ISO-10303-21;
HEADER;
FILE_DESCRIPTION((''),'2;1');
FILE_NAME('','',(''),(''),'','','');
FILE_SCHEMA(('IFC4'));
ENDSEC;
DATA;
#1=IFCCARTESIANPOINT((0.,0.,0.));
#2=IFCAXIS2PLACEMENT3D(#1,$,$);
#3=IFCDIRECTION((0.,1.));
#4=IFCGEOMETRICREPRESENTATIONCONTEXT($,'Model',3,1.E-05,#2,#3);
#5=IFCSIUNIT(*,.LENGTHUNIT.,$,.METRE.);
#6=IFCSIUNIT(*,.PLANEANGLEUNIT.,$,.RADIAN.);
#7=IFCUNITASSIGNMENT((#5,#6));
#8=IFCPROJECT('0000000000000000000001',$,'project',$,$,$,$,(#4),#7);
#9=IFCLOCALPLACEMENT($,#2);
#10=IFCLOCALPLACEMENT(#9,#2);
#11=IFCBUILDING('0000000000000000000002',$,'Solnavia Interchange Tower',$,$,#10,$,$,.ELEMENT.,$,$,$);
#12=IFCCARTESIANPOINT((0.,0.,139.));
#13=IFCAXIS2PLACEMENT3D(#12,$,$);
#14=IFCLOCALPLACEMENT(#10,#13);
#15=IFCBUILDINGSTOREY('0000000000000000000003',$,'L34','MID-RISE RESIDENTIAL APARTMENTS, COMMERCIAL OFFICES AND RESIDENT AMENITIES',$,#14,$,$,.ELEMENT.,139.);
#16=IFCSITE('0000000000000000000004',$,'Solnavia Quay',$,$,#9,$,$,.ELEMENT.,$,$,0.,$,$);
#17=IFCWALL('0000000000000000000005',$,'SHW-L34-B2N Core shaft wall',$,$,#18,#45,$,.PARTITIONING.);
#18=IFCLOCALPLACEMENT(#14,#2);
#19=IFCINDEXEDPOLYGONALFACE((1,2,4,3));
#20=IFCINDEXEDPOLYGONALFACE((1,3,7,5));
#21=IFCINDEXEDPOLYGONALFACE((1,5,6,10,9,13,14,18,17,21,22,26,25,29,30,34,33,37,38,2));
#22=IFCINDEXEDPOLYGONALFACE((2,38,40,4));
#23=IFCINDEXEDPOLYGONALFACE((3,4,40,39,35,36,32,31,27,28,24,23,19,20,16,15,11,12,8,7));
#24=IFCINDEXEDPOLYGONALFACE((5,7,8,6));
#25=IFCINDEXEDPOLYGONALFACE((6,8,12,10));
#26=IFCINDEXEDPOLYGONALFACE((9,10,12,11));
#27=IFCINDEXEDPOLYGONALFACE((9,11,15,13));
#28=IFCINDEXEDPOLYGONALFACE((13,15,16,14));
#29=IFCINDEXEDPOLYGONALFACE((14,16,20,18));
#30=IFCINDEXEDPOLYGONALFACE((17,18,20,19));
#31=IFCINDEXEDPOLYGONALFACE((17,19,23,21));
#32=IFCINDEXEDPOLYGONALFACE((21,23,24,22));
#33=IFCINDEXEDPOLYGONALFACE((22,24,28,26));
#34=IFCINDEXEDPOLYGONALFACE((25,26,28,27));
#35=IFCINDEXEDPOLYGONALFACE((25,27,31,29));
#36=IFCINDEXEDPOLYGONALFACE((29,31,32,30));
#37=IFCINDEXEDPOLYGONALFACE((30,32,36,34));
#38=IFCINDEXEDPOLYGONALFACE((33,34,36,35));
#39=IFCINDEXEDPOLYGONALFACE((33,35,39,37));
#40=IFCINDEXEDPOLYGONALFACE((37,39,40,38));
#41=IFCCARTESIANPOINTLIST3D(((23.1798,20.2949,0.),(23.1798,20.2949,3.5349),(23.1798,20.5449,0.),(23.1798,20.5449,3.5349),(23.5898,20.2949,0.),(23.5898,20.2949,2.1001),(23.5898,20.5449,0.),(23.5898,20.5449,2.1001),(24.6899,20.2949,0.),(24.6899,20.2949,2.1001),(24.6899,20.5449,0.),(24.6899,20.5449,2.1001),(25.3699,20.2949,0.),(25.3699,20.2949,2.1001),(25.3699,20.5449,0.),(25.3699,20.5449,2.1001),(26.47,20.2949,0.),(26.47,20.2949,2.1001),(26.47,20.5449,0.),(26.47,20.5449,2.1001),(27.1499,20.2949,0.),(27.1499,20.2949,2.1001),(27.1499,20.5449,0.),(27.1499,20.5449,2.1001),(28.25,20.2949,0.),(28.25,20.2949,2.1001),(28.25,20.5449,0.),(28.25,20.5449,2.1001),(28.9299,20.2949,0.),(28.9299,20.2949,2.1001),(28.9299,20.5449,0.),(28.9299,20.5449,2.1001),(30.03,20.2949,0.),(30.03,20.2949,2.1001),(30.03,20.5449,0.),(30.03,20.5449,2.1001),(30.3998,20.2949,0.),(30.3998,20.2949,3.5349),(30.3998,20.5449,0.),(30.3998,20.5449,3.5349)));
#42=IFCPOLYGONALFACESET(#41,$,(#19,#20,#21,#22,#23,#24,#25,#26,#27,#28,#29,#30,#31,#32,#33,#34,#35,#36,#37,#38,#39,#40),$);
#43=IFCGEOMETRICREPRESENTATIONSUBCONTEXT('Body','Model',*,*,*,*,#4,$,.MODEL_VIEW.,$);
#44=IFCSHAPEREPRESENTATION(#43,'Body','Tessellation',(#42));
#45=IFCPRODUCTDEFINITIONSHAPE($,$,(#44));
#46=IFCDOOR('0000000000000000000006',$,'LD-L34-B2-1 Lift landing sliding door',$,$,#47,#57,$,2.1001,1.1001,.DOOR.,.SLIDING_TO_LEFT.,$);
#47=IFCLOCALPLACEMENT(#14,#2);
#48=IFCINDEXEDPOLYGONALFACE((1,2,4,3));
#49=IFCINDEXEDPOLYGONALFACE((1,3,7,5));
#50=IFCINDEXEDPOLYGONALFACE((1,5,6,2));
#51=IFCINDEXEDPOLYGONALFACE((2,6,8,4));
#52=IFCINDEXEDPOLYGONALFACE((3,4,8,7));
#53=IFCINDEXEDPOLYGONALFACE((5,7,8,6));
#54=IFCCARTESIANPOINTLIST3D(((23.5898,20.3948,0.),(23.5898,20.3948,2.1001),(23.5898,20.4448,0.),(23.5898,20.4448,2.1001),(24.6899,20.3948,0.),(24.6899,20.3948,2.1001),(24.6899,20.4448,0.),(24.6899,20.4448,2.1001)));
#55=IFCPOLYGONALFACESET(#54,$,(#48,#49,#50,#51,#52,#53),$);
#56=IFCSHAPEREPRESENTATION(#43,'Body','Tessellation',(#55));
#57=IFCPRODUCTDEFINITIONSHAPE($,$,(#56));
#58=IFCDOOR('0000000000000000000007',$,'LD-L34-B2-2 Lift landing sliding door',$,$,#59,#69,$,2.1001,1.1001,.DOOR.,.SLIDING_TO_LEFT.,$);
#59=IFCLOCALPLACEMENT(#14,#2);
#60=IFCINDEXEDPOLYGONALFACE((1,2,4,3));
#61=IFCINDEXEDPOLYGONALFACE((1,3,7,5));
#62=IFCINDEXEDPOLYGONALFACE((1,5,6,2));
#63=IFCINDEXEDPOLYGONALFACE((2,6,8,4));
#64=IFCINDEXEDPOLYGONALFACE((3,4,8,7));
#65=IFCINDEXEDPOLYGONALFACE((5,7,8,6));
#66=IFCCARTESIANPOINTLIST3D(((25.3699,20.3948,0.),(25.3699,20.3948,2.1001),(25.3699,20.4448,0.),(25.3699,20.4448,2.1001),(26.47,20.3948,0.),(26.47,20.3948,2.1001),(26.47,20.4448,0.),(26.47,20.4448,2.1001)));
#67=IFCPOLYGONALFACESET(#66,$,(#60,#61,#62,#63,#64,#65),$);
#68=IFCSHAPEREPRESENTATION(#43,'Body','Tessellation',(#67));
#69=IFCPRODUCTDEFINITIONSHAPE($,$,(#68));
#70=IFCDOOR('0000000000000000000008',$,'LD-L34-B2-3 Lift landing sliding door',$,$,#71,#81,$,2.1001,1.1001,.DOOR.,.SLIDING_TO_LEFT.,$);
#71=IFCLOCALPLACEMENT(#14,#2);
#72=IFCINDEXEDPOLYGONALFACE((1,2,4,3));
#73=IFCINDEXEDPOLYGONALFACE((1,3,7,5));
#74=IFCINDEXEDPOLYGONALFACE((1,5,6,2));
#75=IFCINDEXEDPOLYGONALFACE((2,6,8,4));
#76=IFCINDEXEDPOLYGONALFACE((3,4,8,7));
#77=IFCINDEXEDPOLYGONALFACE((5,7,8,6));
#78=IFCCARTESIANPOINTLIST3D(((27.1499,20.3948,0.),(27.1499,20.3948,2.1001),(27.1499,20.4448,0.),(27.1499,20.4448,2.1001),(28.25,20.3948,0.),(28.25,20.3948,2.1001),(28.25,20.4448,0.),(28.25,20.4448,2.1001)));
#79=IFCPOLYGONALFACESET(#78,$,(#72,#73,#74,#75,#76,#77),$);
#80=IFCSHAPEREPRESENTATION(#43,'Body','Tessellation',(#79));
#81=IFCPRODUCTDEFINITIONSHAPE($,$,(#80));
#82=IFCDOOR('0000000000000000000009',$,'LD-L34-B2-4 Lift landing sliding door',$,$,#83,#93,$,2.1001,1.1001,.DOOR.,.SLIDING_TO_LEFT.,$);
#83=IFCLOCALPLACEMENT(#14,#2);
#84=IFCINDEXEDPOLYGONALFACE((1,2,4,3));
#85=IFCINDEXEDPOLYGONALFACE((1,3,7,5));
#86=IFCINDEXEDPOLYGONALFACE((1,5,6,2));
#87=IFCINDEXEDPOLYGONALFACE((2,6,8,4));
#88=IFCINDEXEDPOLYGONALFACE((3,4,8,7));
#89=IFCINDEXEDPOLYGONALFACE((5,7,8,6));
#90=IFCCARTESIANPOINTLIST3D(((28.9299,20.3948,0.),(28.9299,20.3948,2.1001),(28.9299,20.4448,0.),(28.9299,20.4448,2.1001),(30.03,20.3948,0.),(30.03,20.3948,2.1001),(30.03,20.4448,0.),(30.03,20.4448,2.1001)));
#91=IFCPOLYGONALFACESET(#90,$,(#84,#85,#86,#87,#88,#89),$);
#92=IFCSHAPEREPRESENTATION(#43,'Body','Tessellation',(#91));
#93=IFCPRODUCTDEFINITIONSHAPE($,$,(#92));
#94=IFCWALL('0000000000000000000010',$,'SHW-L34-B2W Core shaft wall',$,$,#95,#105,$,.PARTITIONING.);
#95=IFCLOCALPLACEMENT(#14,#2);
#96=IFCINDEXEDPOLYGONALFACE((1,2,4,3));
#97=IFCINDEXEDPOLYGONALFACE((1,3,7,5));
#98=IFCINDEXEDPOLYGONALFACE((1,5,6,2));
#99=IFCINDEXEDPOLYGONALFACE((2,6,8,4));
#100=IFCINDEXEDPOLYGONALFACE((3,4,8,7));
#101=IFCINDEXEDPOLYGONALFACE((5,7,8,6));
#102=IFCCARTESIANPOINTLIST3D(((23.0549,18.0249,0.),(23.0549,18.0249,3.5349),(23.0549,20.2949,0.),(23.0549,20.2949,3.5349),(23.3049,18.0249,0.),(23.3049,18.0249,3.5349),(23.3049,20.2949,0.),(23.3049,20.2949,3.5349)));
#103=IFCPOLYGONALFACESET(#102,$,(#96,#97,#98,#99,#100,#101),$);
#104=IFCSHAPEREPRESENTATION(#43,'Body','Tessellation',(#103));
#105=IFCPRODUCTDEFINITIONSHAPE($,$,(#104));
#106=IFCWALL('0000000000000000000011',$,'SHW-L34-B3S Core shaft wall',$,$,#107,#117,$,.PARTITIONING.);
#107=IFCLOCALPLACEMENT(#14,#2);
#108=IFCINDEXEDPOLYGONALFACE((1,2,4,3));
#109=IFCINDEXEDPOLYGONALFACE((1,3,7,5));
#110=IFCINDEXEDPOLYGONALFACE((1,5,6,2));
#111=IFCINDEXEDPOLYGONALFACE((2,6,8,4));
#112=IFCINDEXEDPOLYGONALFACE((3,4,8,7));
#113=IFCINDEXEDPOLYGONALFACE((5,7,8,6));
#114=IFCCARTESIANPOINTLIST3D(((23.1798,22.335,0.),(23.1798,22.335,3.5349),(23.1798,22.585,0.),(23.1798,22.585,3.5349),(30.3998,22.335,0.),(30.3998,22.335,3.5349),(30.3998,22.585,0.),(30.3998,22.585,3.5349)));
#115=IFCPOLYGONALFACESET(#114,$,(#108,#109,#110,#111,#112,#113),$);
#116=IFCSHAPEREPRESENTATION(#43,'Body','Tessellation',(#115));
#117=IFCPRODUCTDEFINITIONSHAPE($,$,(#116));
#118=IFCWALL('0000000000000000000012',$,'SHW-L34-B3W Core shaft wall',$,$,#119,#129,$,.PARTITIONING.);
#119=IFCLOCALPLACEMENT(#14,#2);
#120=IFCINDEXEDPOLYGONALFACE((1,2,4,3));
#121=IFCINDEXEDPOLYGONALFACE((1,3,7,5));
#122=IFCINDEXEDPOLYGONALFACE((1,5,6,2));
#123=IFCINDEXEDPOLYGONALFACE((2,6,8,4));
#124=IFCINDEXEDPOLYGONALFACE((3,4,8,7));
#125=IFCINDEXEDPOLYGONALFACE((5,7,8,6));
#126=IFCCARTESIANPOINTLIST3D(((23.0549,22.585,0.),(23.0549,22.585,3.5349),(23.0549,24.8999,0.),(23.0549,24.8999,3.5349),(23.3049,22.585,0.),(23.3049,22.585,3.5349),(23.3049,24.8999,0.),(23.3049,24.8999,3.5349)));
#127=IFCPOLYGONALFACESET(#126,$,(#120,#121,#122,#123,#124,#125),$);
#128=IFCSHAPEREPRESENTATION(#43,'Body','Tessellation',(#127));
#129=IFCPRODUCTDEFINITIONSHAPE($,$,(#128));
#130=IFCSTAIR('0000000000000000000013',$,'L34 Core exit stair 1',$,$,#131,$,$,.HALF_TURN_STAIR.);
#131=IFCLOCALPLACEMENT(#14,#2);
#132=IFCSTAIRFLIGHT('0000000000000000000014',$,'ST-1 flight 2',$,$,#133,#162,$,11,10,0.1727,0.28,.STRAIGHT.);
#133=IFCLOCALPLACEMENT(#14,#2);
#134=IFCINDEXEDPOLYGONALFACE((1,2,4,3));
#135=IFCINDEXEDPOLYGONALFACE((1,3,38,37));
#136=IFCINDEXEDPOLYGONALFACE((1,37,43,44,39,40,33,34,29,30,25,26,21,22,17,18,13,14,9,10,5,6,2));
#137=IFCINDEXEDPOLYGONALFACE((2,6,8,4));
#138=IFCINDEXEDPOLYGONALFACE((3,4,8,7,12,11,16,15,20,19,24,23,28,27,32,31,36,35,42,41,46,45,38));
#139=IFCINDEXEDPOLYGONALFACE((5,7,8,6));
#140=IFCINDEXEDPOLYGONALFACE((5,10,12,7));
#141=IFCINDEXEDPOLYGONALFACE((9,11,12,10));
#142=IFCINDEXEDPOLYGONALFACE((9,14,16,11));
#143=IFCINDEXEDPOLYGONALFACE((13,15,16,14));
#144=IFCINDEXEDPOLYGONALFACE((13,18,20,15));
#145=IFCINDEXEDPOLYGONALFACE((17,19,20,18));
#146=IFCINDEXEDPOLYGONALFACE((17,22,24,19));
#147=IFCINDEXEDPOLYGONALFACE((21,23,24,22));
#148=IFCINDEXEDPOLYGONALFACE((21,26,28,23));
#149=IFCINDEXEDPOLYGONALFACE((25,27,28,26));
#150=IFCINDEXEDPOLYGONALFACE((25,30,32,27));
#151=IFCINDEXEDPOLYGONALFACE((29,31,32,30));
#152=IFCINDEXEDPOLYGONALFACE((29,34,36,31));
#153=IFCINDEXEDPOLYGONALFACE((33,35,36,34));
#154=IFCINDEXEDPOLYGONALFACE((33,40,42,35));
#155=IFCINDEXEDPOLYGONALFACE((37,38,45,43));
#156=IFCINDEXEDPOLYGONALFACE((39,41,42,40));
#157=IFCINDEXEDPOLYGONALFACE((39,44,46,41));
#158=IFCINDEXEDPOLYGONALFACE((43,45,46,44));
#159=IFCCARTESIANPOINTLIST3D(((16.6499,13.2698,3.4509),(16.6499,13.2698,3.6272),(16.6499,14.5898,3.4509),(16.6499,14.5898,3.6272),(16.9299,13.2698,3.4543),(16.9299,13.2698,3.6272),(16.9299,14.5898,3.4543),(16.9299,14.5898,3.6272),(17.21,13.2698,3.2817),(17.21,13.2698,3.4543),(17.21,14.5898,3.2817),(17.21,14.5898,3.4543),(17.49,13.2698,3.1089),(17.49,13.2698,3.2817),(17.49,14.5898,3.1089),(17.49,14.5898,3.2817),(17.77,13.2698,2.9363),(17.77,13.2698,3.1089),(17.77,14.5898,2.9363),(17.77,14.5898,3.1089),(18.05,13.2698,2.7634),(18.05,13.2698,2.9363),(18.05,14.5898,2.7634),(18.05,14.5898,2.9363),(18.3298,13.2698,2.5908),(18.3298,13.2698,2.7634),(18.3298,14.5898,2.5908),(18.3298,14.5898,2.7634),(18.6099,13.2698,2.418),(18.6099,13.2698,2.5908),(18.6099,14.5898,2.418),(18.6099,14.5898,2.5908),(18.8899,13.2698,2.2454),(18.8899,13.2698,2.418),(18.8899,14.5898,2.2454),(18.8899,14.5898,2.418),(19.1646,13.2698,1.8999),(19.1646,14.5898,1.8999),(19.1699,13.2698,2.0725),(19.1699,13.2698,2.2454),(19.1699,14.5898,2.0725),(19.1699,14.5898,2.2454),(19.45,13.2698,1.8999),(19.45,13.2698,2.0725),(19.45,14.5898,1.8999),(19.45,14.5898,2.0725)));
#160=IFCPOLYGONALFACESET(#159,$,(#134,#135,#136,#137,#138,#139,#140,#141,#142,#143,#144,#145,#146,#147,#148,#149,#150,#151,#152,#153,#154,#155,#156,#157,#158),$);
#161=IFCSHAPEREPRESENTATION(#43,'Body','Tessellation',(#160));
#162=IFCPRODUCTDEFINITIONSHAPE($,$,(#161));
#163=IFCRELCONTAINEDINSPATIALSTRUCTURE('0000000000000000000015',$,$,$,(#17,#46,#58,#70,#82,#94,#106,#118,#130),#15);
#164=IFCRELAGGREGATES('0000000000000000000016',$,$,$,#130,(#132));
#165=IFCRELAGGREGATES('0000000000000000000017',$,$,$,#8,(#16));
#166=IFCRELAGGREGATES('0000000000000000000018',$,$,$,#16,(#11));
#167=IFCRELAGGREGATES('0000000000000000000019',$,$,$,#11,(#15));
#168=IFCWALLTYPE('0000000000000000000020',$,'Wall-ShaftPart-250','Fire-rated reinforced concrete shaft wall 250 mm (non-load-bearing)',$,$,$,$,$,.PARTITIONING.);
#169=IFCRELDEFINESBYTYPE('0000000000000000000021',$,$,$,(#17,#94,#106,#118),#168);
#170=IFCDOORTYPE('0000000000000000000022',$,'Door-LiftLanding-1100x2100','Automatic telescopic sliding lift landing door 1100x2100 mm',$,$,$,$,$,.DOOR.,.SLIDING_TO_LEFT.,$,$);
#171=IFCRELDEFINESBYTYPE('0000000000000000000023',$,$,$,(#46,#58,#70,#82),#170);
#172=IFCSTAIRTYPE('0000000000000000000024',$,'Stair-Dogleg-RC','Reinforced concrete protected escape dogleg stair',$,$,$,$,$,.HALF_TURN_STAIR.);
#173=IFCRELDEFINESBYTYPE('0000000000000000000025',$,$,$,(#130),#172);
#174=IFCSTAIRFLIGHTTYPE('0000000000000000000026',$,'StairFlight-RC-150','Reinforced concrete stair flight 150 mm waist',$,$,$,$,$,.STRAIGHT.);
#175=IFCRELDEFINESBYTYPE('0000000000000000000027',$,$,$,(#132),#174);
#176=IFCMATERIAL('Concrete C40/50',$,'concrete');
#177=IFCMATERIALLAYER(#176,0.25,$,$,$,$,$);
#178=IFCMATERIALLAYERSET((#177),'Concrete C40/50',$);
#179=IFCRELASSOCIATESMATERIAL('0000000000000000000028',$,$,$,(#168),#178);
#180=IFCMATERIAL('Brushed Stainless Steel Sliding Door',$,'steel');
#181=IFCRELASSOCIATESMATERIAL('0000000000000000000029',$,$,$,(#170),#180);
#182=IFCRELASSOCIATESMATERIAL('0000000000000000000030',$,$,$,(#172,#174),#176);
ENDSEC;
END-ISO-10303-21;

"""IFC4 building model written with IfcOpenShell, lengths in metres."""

from ifc_helpers import new_model, si_unit, direction, frame, frame_2d, origin, place, context, subcontext, project, spatial, polyline, rectangle, outline, extrude, material, layer, layer_set, type_object, element, fill, aggregate, save


model = new_model("IFC4")

# Units and contexts
model_context = context("Model", 3, precision=1e-05, world=origin(), true_north=direction((0.0, 1.0)))
body_context = subcontext(model_context, "Body", "Model", "MODEL_VIEW")
ifc_project = project(units=[si_unit("LENGTHUNIT", "METRE"), si_unit("PLANEANGLEUNIT", "RADIAN")], contexts=[model_context])

# Site, building, storey
site_placement = place(None, origin())
site = spatial("IfcSite", under=ifc_project, at=site_placement, Name="Solnavia Quay", CompositionType="ELEMENT", RefElevation=0.0)
building_placement = place(site_placement, origin())
building = spatial("IfcBuilding", under=site, at=building_placement, Name="Solnavia Interchange Tower", CompositionType="ELEMENT")
storey_placement = place(building_placement, frame((0.0, 0.0, 139.0)))
storey = spatial("IfcBuildingStorey", under=building, at=storey_placement, Name="L34", Description="MID-RISE RESIDENTIAL APARTMENTS, COMMERCIAL OFFICES AND RESIDENT AMENITIES", CompositionType="ELEMENT", Elevation=139.0)

# Shared definitions
ifc_material_1 = material(Name="Concrete C40/50", Category="concrete")

# Shared definitions
ifc_layer_1 = layer(ifc_material_1, 0.25)
ifc_layer_set_1 = layer_set([ifc_layer_1], Name="Concrete C40/50")
wall_type_1 = type_object("IfcWallType", Name="Wall-ShaftPart-250", Description="Fire-rated reinforced concrete shaft wall 250 mm (non-load-bearing)", PredefinedType="PARTITIONING", material=ifc_layer_set_1)
ifc_material_2 = material(Name="Brushed Stainless Steel Sliding Door", Category="steel")
door_type_1 = type_object("IfcDoorType", Name="Door-LiftLanding-1100x2100", Description="Automatic telescopic sliding lift landing door 1100x2100 mm", OperationType="SLIDING_TO_LEFT", PredefinedType="DOOR", material=ifc_material_2)

# Wall, openings, doors
wall_1_placement = place(storey_placement, frame((23.1799, 20.4199, 0.0), z_axis=(0.0, 0.0, 1.0), x_axis=(1.0, 0.0, 0.0)))
wall_1 = element("IfcWall", 1, at=wall_1_placement, inside=storey, type_object=wall_type_1, Name="SHW-L34-B2N Core shaft wall", PredefinedType="PARTITIONING", context=body_context, shape_type="SweptSolid", body=[
    extrude(rectangle(XDim=7.22, YDim=0.25, at=frame_2d((3.6099, 0.0))), origin(), (0.0, 0.0, 1.0), 3.5349),
])
opening_1_placement = place(wall_1_placement, frame((0.4099, 0.0, 0.0)))
opening_1 = element("IfcOpeningElement", 2, at=opening_1_placement, cuts=wall_1, PredefinedType="OPENING", context=body_context, shape_type="SweptSolid", body=[
    extrude(rectangle(XDim=1.1001, YDim=2.1001, at=frame_2d((0.55, 1.05))), frame((0.0, 0.135, 0.0), z_axis=(0.0, -1.0, 0.0), x_axis=(1.0, 0.0, 0.0)), (0.0, 0.0, 1.0), 0.27),
])
opening_2_placement = place(wall_1_placement, frame((2.1899, 0.0, 0.0)))
opening_2 = element("IfcOpeningElement", 3, at=opening_2_placement, cuts=wall_1, PredefinedType="OPENING", context=body_context, shape_type="SweptSolid", body=[
    extrude(rectangle(XDim=1.1001, YDim=2.1001, at=frame_2d((0.55, 1.05))), frame((0.0, 0.135, 0.0), z_axis=(0.0, -1.0, 0.0), x_axis=(1.0, 0.0, 0.0)), (0.0, 0.0, 1.0), 0.27),
])
opening_3_placement = place(wall_1_placement, frame((3.97, 0.0, 0.0)))
opening_3 = element("IfcOpeningElement", 4, at=opening_3_placement, cuts=wall_1, PredefinedType="OPENING", context=body_context, shape_type="SweptSolid", body=[
    extrude(rectangle(XDim=1.1001, YDim=2.1001, at=frame_2d((0.55, 1.05))), frame((0.0, 0.135, 0.0), z_axis=(0.0, -1.0, 0.0), x_axis=(1.0, 0.0, 0.0)), (0.0, 0.0, 1.0), 0.27),
])
opening_4_placement = place(wall_1_placement, frame((5.75, 0.0, 0.0)))
opening_4 = element("IfcOpeningElement", 5, at=opening_4_placement, cuts=wall_1, PredefinedType="OPENING", context=body_context, shape_type="SweptSolid", body=[
    extrude(rectangle(XDim=1.1001, YDim=2.1001, at=frame_2d((0.55, 1.05))), frame((0.0, 0.135, 0.0), z_axis=(0.0, -1.0, 0.0), x_axis=(1.0, 0.0, 0.0)), (0.0, 0.0, 1.0), 0.27),
])
door_1_placement = place(opening_1_placement, origin())
door_1 = element("IfcDoor", 6, at=door_1_placement, inside=storey, type_object=door_type_1, Name="LD-L34-B2-1 Lift landing sliding door", OperationType="SLIDING_TO_LEFT", OverallHeight=2.1001, OverallWidth=1.1001, PredefinedType="DOOR", context=body_context, shape_type="SweptSolid", body=[
    extrude(rectangle(XDim=1.1001, YDim=2.1001, at=frame_2d((0.55, 1.05))), frame((0.0, 0.0249, 0.0), z_axis=(0.0, -1.0, 0.0), x_axis=(1.0, 0.0, 0.0)), (0.0, 0.0, 1.0), 0.05),
])
fill(opening_1, door_1)
door_2_placement = place(opening_2_placement, origin())
door_2 = element("IfcDoor", 7, at=door_2_placement, inside=storey, type_object=door_type_1, Name="LD-L34-B2-2 Lift landing sliding door", OperationType="SLIDING_TO_LEFT", OverallHeight=2.1001, OverallWidth=1.1001, PredefinedType="DOOR", context=body_context, shape_type="SweptSolid", body=[
    extrude(rectangle(XDim=1.1001, YDim=2.1001, at=frame_2d((0.55, 1.05))), frame((0.0, 0.0249, 0.0), z_axis=(0.0, -1.0, 0.0), x_axis=(1.0, 0.0, 0.0)), (0.0, 0.0, 1.0), 0.05),
])
fill(opening_2, door_2)
door_3_placement = place(opening_3_placement, origin())
door_3 = element("IfcDoor", 8, at=door_3_placement, inside=storey, type_object=door_type_1, Name="LD-L34-B2-3 Lift landing sliding door", OperationType="SLIDING_TO_LEFT", OverallHeight=2.1001, OverallWidth=1.1001, PredefinedType="DOOR", context=body_context, shape_type="SweptSolid", body=[
    extrude(rectangle(XDim=1.1001, YDim=2.1001, at=frame_2d((0.55, 1.05))), frame((0.0, 0.0249, 0.0), z_axis=(0.0, -1.0, 0.0), x_axis=(1.0, 0.0, 0.0)), (0.0, 0.0, 1.0), 0.05),
])
fill(opening_3, door_3)
door_4_placement = place(opening_4_placement, origin())
door_4 = element("IfcDoor", 9, at=door_4_placement, inside=storey, type_object=door_type_1, Name="LD-L34-B2-4 Lift landing sliding door", OperationType="SLIDING_TO_LEFT", OverallHeight=2.1001, OverallWidth=1.1001, PredefinedType="DOOR", context=body_context, shape_type="SweptSolid", body=[
    extrude(rectangle(XDim=1.1001, YDim=2.1001, at=frame_2d((0.55, 1.05))), frame((0.0, 0.0249, 0.0), z_axis=(0.0, -1.0, 0.0), x_axis=(1.0, 0.0, 0.0)), (0.0, 0.0, 1.0), 0.05),
])
fill(opening_4, door_4)

# Walls
wall_2_placement = place(storey_placement, frame((23.1799, 18.0249, 0.0), z_axis=(0.0, 0.0, 1.0), x_axis=(0.0, 1.0, 0.0)))
element("IfcWall", 10, at=wall_2_placement, inside=storey, type_object=wall_type_1, Name="SHW-L34-B2W Core shaft wall", PredefinedType="PARTITIONING", context=body_context, shape_type="SweptSolid", body=[
    extrude(rectangle(XDim=2.27, YDim=0.25, at=frame_2d((1.135, 0.0))), origin(), (0.0, 0.0, 1.0), 3.5349),
])
wall_3_placement = place(storey_placement, frame((23.1799, 22.46, 0.0), z_axis=(0.0, 0.0, 1.0), x_axis=(1.0, 0.0, 0.0)))
element("IfcWall", 11, at=wall_3_placement, inside=storey, type_object=wall_type_1, Name="SHW-L34-B3S Core shaft wall", PredefinedType="PARTITIONING", context=body_context, shape_type="SweptSolid", body=[
    extrude(rectangle(XDim=7.22, YDim=0.25, at=frame_2d((3.6099, 0.0))), origin(), (0.0, 0.0, 1.0), 3.5349),
])
wall_4_placement = place(storey_placement, frame((23.1799, 22.585, 0.0), z_axis=(0.0, 0.0, 1.0), x_axis=(0.0, 1.0, 0.0)))
element("IfcWall", 12, at=wall_4_placement, inside=storey, type_object=wall_type_1, Name="SHW-L34-B3W Core shaft wall", PredefinedType="PARTITIONING", context=body_context, shape_type="SweptSolid", body=[
    extrude(rectangle(XDim=2.3149, YDim=0.25, at=frame_2d((1.1575, 0.0))), origin(), (0.0, 0.0, 1.0), 3.5349),
])

# Stair, stair flight
stair_type = type_object("IfcStairType", Name="Stair-Dogleg-RC", Description="Reinforced concrete protected escape dogleg stair", PredefinedType="HALF_TURN_STAIR", material=ifc_material_1)
stair_1_placement = place(storey_placement, origin())
stair_1 = element("IfcStair", 13, at=stair_1_placement, inside=storey, type_object=stair_type, Name="L34 Core exit stair 1", PredefinedType="HALF_TURN_STAIR")
stair_flight_type = type_object("IfcStairFlightType", Name="StairFlight-RC-150", Description="Reinforced concrete stair flight 150 mm waist", PredefinedType="STRAIGHT", material=ifc_material_1)
stair_flight_1_placement = place(storey_placement, frame((19.45, 13.9299, 1.8999), z_axis=(0.0, 0.0, 1.0), x_axis=(-1.0, 0.0, 0.0)))
stair_flight_1 = element("IfcStairFlight", 14, at=stair_flight_1_placement, type_object=stair_flight_type, Name="ST-1 flight 2", NumberOfRisers=11, NumberOfTreads=10, PredefinedType="STRAIGHT", RiserHeight=0.1727, TreadLength=0.28, context=body_context, shape_type="SweptSolid", body=[
    extrude(outline(polyline([(0.0, 0.0), (0.0, 0.1726), (0.28, 0.1726), (0.28, 0.3455), (0.5601, 0.3455), (0.5601, 0.5181), (0.8401, 0.5181), (0.8401, 0.6909), (1.1201, 0.6909), (1.1201, 0.8635), (1.3999, 0.8635), (1.3999, 1.0364), (1.6799, 1.0364), (1.6799, 1.209), (1.96, 1.209), (1.96, 1.3818), (2.24, 1.3818), (2.24, 1.5544), (2.52, 1.5544), (2.52, 1.7273), (2.8, 1.7273), (2.8, 1.8999), (2.8, 1.551), (0.2854, 0.0), (0.0, 0.0)])), frame((0.0, 0.6602, 0.0), z_axis=(0.0, -1.0, 0.0), x_axis=(1.0, 0.0, 0.0)), (0.0, 0.0, 1.0), 1.3201),
])
aggregate(stair_1, [stair_flight_1])

save(model, "model.ifc")
